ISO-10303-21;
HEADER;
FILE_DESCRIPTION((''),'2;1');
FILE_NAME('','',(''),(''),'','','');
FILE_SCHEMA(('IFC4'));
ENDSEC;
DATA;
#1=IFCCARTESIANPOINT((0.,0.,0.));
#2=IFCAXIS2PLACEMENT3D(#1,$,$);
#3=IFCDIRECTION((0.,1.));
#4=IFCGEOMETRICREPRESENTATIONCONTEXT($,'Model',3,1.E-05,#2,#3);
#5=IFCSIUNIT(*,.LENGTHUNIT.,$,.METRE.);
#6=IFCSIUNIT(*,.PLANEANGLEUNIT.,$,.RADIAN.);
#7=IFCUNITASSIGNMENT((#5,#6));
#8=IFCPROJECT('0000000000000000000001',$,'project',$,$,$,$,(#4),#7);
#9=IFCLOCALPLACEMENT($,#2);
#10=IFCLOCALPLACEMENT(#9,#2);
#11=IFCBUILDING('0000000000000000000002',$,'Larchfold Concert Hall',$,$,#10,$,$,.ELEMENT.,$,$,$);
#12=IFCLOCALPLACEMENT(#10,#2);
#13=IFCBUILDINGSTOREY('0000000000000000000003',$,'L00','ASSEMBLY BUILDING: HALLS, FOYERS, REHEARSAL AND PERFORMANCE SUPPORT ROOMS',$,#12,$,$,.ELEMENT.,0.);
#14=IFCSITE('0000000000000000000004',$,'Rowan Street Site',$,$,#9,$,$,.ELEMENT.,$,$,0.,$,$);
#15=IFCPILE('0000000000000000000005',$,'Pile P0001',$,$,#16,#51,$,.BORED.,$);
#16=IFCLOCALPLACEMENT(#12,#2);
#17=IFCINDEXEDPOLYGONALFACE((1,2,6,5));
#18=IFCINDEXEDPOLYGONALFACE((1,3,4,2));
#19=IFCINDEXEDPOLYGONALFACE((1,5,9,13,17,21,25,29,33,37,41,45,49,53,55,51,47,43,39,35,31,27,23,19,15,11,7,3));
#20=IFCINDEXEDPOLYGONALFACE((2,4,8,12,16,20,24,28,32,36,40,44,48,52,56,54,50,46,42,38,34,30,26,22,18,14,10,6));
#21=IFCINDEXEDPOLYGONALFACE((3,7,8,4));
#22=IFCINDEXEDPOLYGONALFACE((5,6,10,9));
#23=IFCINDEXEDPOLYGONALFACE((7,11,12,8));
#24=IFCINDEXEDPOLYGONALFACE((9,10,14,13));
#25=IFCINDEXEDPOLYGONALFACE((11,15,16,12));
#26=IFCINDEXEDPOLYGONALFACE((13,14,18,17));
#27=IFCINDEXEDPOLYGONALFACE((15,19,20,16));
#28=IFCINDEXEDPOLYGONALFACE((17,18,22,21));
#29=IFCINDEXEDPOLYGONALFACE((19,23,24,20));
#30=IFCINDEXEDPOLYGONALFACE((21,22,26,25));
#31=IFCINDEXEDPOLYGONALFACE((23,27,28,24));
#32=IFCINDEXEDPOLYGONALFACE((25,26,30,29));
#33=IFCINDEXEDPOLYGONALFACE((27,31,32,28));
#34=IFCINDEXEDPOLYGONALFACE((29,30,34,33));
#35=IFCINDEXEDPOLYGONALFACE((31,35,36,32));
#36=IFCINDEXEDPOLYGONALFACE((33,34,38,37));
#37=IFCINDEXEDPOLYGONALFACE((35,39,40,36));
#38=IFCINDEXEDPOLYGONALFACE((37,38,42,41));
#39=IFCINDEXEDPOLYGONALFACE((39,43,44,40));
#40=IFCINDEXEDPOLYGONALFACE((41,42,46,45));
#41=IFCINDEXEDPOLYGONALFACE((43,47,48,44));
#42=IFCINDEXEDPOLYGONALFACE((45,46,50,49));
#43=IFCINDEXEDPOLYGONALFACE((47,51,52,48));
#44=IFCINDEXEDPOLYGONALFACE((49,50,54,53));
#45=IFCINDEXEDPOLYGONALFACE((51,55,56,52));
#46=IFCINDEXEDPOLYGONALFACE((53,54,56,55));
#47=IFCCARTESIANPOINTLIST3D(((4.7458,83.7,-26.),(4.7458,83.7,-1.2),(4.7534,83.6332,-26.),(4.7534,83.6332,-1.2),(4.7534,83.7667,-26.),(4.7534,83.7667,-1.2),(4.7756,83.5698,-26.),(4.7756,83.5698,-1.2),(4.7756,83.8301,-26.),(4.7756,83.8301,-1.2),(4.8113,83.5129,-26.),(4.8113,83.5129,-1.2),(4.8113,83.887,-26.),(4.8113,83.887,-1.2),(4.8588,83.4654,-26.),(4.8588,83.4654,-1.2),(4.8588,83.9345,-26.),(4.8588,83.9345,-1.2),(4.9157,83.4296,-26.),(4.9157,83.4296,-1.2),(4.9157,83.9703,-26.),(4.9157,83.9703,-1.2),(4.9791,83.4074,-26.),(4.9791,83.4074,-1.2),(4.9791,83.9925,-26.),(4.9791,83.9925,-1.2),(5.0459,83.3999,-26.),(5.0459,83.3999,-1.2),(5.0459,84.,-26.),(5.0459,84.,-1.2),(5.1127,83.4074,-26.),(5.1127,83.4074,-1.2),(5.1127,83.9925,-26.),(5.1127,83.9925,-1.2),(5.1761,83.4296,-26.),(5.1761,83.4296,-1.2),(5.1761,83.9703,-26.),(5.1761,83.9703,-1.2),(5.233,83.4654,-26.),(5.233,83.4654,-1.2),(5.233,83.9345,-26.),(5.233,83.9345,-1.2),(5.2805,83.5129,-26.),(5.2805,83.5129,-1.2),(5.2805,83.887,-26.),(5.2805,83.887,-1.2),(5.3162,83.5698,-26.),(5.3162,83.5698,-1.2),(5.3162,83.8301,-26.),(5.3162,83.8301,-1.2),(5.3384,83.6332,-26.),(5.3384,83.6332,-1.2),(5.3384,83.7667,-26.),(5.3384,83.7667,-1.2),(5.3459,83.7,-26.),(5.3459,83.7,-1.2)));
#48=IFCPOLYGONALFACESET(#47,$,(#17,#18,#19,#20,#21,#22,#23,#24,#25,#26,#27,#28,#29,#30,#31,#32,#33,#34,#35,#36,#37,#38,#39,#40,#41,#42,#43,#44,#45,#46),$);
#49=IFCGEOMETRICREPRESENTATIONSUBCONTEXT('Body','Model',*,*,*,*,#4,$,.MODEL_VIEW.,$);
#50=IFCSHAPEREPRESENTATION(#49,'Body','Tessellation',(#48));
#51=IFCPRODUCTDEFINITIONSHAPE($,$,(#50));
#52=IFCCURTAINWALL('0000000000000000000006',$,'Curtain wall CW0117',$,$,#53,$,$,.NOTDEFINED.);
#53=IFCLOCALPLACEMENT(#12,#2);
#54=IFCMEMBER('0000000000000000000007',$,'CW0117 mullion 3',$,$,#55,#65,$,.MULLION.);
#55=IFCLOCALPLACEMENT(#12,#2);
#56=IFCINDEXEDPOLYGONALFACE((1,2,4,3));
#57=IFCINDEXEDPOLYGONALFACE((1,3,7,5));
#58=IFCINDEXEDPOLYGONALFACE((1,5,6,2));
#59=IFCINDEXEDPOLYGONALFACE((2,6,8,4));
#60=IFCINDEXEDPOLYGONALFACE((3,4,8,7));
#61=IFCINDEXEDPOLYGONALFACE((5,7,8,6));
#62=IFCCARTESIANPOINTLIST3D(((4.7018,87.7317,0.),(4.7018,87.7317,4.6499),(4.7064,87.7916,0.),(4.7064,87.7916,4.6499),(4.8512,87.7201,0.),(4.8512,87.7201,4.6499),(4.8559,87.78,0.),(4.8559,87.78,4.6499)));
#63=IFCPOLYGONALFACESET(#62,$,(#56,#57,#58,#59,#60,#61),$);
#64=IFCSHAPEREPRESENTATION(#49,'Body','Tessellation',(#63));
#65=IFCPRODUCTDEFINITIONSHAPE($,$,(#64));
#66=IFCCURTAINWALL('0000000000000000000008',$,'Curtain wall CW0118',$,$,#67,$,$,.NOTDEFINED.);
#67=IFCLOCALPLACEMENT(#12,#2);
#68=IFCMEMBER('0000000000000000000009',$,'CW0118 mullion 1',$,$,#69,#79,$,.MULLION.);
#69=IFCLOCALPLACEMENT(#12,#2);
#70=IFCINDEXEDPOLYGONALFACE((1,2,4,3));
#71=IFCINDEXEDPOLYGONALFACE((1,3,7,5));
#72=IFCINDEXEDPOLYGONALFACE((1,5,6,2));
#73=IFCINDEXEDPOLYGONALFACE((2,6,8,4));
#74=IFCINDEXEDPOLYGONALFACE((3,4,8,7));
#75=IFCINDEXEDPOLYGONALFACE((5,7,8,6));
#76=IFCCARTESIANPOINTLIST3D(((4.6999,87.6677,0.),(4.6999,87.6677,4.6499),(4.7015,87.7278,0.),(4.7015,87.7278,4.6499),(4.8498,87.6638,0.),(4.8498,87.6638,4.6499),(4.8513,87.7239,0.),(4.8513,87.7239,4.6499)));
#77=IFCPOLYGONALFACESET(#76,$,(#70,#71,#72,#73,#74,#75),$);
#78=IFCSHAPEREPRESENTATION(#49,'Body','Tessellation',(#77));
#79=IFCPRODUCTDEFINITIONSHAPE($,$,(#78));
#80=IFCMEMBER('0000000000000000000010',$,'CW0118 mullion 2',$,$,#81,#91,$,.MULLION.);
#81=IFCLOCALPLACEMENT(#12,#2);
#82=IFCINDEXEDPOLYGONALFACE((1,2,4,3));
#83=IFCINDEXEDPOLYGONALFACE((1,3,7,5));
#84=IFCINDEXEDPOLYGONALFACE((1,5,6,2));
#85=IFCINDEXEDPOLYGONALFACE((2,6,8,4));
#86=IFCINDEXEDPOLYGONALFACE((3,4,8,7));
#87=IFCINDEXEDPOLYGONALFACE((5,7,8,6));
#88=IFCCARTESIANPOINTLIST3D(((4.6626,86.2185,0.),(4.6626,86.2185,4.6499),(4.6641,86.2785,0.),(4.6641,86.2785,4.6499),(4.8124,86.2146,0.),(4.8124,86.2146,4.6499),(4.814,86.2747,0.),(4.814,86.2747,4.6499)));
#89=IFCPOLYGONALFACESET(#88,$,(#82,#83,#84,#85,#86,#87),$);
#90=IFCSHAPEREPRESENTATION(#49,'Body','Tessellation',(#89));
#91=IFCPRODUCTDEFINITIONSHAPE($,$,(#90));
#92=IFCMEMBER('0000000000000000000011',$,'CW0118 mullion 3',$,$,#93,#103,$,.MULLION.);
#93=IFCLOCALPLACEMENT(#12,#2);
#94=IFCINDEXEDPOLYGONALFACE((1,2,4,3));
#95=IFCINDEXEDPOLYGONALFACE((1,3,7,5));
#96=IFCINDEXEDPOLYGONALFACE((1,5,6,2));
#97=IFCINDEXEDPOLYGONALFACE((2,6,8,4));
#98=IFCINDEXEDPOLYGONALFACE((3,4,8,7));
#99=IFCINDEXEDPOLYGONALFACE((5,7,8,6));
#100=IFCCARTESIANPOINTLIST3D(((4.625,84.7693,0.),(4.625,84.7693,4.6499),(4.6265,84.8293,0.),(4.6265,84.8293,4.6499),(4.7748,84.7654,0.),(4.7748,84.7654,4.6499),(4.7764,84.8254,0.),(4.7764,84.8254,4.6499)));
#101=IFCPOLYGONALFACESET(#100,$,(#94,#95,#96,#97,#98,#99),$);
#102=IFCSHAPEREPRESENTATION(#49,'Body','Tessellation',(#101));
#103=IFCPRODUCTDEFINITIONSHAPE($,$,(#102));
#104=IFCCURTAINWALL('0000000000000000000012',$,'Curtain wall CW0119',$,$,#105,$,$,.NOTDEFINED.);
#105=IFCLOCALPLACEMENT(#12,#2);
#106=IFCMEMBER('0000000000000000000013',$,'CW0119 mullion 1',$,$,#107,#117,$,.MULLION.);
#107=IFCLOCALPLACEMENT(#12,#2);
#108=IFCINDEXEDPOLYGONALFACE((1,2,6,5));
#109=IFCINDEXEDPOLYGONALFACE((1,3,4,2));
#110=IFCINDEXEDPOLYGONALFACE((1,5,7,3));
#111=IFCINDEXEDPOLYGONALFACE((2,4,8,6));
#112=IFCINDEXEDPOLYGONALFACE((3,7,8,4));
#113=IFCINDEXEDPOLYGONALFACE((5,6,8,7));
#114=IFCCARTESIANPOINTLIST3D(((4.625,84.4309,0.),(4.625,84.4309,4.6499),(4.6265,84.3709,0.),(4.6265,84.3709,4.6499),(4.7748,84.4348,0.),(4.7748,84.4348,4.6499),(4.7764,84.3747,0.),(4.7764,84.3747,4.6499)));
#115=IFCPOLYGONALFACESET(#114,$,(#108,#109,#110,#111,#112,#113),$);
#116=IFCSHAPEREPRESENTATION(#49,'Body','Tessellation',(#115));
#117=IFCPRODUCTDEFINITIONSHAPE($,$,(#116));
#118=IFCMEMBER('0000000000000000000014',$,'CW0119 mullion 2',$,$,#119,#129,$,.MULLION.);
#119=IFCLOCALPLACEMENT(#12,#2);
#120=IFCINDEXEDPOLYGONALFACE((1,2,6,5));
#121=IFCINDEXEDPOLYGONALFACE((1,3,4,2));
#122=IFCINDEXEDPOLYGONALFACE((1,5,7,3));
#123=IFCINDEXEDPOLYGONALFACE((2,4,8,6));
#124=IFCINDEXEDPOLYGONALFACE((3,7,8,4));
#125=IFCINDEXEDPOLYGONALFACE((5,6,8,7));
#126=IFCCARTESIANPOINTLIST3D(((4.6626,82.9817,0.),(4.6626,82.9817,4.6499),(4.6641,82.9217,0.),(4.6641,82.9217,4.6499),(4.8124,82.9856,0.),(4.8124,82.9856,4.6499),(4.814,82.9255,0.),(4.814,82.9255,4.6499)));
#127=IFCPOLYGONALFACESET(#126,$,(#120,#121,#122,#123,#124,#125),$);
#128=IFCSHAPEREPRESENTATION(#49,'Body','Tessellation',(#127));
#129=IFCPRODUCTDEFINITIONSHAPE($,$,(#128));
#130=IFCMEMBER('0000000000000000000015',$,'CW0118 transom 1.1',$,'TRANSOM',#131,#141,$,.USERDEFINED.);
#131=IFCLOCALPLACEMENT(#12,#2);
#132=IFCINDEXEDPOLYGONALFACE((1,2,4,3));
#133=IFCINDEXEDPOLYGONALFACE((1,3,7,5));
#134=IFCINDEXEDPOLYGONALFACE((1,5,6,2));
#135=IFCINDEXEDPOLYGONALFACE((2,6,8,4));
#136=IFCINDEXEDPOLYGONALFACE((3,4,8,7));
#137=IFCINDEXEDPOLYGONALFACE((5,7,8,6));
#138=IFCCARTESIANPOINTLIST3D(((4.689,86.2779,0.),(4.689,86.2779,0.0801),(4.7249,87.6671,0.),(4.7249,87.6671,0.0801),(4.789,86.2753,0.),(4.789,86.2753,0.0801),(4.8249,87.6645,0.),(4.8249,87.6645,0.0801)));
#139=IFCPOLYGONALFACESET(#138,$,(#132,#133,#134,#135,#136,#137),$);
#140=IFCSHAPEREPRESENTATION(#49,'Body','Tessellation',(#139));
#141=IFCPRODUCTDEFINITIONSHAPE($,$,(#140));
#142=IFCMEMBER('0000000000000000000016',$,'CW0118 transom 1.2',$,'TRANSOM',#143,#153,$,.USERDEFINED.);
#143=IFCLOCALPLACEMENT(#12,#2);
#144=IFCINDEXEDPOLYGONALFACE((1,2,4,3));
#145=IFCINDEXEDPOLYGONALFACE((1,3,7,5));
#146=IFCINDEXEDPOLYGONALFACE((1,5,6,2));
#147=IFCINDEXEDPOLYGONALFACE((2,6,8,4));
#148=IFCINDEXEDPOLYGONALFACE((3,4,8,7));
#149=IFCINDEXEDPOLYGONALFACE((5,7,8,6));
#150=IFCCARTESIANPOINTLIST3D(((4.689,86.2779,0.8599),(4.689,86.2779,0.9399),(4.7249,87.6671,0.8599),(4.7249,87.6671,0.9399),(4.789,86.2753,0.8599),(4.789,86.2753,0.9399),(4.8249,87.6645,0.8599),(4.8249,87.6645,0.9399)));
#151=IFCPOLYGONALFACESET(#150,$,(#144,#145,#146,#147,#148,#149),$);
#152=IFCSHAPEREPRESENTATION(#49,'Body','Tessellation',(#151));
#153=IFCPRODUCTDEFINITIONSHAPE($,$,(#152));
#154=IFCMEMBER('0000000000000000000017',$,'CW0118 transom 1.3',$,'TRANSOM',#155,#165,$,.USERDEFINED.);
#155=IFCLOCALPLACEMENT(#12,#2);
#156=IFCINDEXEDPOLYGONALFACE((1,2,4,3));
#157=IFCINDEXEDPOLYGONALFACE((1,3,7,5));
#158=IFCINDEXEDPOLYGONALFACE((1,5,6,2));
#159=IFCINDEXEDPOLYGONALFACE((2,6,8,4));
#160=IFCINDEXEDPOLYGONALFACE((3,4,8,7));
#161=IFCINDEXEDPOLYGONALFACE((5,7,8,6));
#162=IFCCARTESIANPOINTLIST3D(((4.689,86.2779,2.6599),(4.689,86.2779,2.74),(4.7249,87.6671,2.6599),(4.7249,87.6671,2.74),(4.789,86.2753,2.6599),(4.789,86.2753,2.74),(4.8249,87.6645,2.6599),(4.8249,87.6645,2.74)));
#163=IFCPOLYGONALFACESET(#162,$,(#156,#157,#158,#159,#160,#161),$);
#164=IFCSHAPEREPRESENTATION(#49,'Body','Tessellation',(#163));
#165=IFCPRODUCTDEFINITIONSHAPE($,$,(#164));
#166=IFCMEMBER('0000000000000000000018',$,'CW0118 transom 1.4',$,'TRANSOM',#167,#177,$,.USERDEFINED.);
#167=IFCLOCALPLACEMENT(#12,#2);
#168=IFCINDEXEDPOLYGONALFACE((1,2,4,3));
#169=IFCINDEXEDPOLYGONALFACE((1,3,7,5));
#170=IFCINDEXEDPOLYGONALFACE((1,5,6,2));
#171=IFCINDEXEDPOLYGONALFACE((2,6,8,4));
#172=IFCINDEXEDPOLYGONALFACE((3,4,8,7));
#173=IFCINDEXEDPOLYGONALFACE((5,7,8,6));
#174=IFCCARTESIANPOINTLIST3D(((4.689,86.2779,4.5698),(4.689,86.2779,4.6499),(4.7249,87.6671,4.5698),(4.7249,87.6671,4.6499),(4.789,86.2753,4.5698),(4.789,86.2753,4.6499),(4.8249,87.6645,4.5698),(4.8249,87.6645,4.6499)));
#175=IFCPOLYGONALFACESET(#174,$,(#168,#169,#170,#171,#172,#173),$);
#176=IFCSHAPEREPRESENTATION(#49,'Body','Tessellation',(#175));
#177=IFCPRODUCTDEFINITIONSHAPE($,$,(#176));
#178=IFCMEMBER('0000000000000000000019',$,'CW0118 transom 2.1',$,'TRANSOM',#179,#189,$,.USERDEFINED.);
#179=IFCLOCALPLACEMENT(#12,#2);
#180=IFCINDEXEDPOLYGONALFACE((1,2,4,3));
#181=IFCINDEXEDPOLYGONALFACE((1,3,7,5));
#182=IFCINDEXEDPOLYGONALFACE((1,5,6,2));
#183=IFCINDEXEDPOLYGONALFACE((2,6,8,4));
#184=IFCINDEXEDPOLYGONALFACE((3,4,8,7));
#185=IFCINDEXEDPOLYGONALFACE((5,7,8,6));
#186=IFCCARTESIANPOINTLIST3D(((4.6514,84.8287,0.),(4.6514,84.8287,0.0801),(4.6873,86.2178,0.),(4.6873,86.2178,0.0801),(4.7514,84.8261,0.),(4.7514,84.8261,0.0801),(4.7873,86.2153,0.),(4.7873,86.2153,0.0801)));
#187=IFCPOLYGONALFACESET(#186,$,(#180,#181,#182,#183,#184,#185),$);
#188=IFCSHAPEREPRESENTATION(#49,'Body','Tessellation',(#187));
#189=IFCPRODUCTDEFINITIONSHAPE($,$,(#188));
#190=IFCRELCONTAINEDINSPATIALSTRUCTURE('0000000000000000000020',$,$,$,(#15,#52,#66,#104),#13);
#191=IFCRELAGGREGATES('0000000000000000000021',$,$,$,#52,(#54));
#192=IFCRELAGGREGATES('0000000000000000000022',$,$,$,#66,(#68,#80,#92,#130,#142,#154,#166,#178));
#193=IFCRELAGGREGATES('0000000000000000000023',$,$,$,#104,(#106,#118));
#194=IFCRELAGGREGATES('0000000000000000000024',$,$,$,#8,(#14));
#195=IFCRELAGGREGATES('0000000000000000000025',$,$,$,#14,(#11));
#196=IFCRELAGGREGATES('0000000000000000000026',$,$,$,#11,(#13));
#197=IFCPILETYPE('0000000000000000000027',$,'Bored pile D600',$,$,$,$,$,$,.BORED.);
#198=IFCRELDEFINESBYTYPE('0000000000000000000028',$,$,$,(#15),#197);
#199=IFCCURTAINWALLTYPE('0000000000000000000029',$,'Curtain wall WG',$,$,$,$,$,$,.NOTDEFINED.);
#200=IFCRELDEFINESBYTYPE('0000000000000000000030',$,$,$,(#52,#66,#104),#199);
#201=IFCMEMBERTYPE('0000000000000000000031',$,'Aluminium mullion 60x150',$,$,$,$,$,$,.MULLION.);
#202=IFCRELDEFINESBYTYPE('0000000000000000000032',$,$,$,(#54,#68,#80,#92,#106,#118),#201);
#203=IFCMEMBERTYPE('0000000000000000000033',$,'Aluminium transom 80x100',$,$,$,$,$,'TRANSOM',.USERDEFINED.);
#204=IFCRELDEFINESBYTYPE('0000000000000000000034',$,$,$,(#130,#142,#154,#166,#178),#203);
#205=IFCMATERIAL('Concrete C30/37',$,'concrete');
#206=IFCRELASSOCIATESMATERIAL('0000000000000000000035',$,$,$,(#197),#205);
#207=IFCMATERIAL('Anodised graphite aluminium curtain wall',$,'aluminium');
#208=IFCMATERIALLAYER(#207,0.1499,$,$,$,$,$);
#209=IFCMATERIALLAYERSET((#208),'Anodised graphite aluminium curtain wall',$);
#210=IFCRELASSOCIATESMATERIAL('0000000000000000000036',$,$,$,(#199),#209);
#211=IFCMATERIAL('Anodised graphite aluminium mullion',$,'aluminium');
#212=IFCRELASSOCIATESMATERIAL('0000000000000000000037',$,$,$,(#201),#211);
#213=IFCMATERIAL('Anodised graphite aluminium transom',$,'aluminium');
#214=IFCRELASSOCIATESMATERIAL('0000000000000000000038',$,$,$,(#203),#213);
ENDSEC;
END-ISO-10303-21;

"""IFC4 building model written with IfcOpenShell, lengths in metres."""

from ifc_helpers import new_model, si_unit, direction, frame, origin, origin_2d, place, context, subcontext, project, spatial, rectangle, circle, extrude, material, layer, layer_set, material_profile, profile_set, type_object, element, aggregate, save


model = new_model("IFC4")

# Units and contexts
model_context = context("Model", 3, precision=1e-05, world=origin(), true_north=direction((0.0, 1.0)))
body_context = subcontext(model_context, "Body", "Model", "MODEL_VIEW")
ifc_project = project(units=[si_unit("LENGTHUNIT", "METRE"), si_unit("PLANEANGLEUNIT", "RADIAN")], contexts=[model_context])

# Site, building, storey
site_placement = place(None, origin())
site = spatial("IfcSite", under=ifc_project, at=site_placement, Name="Rowan Street Site", CompositionType="ELEMENT", RefElevation=0.0)
building_placement = place(site_placement, origin())
building = spatial("IfcBuilding", under=site, at=building_placement, Name="Larchfold Concert Hall", CompositionType="ELEMENT")
storey_placement = place(building_placement, origin())
storey = spatial("IfcBuildingStorey", under=building, at=storey_placement, Name="L00", Description="ASSEMBLY BUILDING: HALLS, FOYERS, REHEARSAL AND PERFORMANCE SUPPORT ROOMS", CompositionType="ELEMENT", Elevation=0.0)

# Pile
ifc_material_1 = material(Name="Concrete C30/37", Category="concrete")
ifc_material_profile_1 = material_profile(ifc_material_1, circle(Radius=0.3, at=origin_2d()))
ifc_profile_set_1 = profile_set([ifc_material_profile_1], Name="Concrete C30/37")
pile_type = type_object("IfcPileType", Name="Bored pile D600", PredefinedType="BORED", material=ifc_profile_set_1)
pile_placement = place(storey_placement, frame((5.0459, 83.7, -1.2), z_axis=(0.0, 0.0, -1.0), x_axis=(1.0, 0.0, 0.0)))
element("IfcPile", 1, at=pile_placement, inside=storey, type_object=pile_type, Name="Pile P0001", PredefinedType="BORED", context=body_context, shape_type="SweptSolid", body=[
    extrude(circle(Radius=0.3, at=origin_2d()), origin(), (0.0, 0.0, 1.0), 24.8),
])

# Curtain wall, member
ifc_material_2 = material(Name="Anodised graphite aluminium curtain wall", Category="aluminium")
ifc_layer_1 = layer(ifc_material_2, 0.1499)
ifc_layer_set_1 = layer_set([ifc_layer_1], Name="Anodised graphite aluminium curtain wall")
curtain_wall_type = type_object("IfcCurtainWallType", Name="Curtain wall WG", PredefinedType="NOTDEFINED", material=ifc_layer_set_1)
curtain_wall_1_placement = place(storey_placement, origin())
curtain_wall_1 = element("IfcCurtainWall", 2, at=curtain_wall_1_placement, inside=storey, type_object=curtain_wall_type, Name="Curtain wall CW0117", PredefinedType="NOTDEFINED")
ifc_material_3 = material(Name="Anodised graphite aluminium mullion", Category="aluminium")
ifc_material_profile_2 = material_profile(ifc_material_3, rectangle(XDim=0.1499, YDim=0.0601, at=origin_2d()))
ifc_profile_set_2 = profile_set([ifc_material_profile_2], Name="Anodised graphite aluminium mullion")
member_type_1 = type_object("IfcMemberType", Name="Aluminium mullion 60x150", PredefinedType="MULLION", material=ifc_profile_set_2)
member_1_placement = place(storey_placement, frame((4.7788, 87.7559, 0.0), z_axis=(0.0, 0.0, 1.0), x_axis=(0.996995, -0.077465, 0.0)))
member_1 = element("IfcMember", 3, at=member_1_placement, type_object=member_type_1, Name="CW0117 mullion 3", PredefinedType="MULLION", context=body_context, shape_type="SweptSolid", body=[
    extrude(rectangle(XDim=0.1499, YDim=0.0601, at=origin_2d()), origin(), (0.0, 0.0, 1.0), 4.6499),
])
aggregate(curtain_wall_1, [member_1])

# Curtain walls, members
curtain_wall_2_placement = place(storey_placement, origin())
curtain_wall_2 = element("IfcCurtainWall", 4, at=curtain_wall_2_placement, inside=storey, type_object=curtain_wall_type, Name="Curtain wall CW0118", PredefinedType="NOTDEFINED")
member_2_placement = place(storey_placement, frame((4.7756, 87.6958, 0.0), z_axis=(0.0, 0.0, 1.0), x_axis=(0.999667, -0.025821, 0.0)))
member_2 = element("IfcMember", 5, at=member_2_placement, type_object=member_type_1, Name="CW0118 mullion 1", PredefinedType="MULLION", context=body_context, shape_type="SweptSolid", body=[
    extrude(rectangle(XDim=0.1499, YDim=0.0601, at=origin_2d()), origin(), (0.0, 0.0, 1.0), 4.6499),
])
member_3_placement = place(storey_placement, frame((4.7383, 86.2466, 0.0), z_axis=(0.0, 0.0, 1.0), x_axis=(0.999667, -0.025821, 0.0)))
member_3 = element("IfcMember", 6, at=member_3_placement, type_object=member_type_1, Name="CW0118 mullion 2", PredefinedType="MULLION", context=body_context, shape_type="SweptSolid", body=[
    extrude(rectangle(XDim=0.1499, YDim=0.0601, at=origin_2d()), origin(), (0.0, 0.0, 1.0), 4.6499),
])
member_4_placement = place(storey_placement, frame((4.7007, 84.7974, 0.0), z_axis=(0.0, 0.0, 1.0), x_axis=(0.999667, -0.025821, 0.0)))
member_4 = element("IfcMember", 7, at=member_4_placement, type_object=member_type_1, Name="CW0118 mullion 3", PredefinedType="MULLION", context=body_context, shape_type="SweptSolid", body=[
    extrude(rectangle(XDim=0.1499, YDim=0.0601, at=origin_2d()), origin(), (0.0, 0.0, 1.0), 4.6499),
])
curtain_wall_3_placement = place(storey_placement, origin())
curtain_wall_3 = element("IfcCurtainWall", 8, at=curtain_wall_3_placement, inside=storey, type_object=curtain_wall_type, Name="Curtain wall CW0119", PredefinedType="NOTDEFINED")
member_5_placement = place(storey_placement, frame((4.7007, 84.4028, 0.0), z_axis=(0.0, 0.0, 1.0), x_axis=(0.999667, 0.025821, 0.0)))
member_5 = element("IfcMember", 9, at=member_5_placement, type_object=member_type_1, Name="CW0119 mullion 1", PredefinedType="MULLION", context=body_context, shape_type="SweptSolid", body=[
    extrude(rectangle(XDim=0.1499, YDim=0.0601, at=origin_2d()), origin(), (0.0, 0.0, 1.0), 4.6499),
])
member_6_placement = place(storey_placement, frame((4.7383, 82.9536, 0.0), z_axis=(0.0, 0.0, 1.0), x_axis=(0.999667, 0.025821, 0.0)))
member_6 = element("IfcMember", 10, at=member_6_placement, type_object=member_type_1, Name="CW0119 mullion 2", PredefinedType="MULLION", context=body_context, shape_type="SweptSolid", body=[
    extrude(rectangle(XDim=0.1499, YDim=0.0601, at=origin_2d()), origin(), (0.0, 0.0, 1.0), 4.6499),
])

# Members
ifc_material_4 = material(Name="Anodised graphite aluminium transom", Category="aluminium")
ifc_material_profile_3 = material_profile(ifc_material_4, rectangle(XDim=0.1001, YDim=0.0801, at=origin_2d()))
ifc_profile_set_3 = profile_set([ifc_material_profile_3], Name="Anodised graphite aluminium transom")
member_type_2 = type_object("IfcMemberType", Name="Aluminium transom 80x100", ElementType="TRANSOM", PredefinedType="USERDEFINED", material=ifc_profile_set_3)
member_7_placement = place(storey_placement, frame((4.7749, 87.6658, 0.04), z_axis=(-0.025826, -0.999666, 0.0), x_axis=(0.999666, -0.025826, 0.0)))
member_7 = element("IfcMember", 11, at=member_7_placement, type_object=member_type_2, Name="CW0118 transom 1.1", ObjectType="TRANSOM", PredefinedType="USERDEFINED", context=body_context, shape_type="SweptSolid", body=[
    extrude(rectangle(XDim=0.1001, YDim=0.0801, at=origin_2d()), origin(), (0.0, 0.0, 1.0), 1.3896),
])
member_8_placement = place(storey_placement, frame((4.7749, 87.6658, 0.8999), z_axis=(-0.025826, -0.999666, 0.0), x_axis=(0.999666, -0.025826, 0.0)))
member_8 = element("IfcMember", 12, at=member_8_placement, type_object=member_type_2, Name="CW0118 transom 1.2", ObjectType="TRANSOM", PredefinedType="USERDEFINED", context=body_context, shape_type="SweptSolid", body=[
    extrude(rectangle(XDim=0.1001, YDim=0.0801, at=origin_2d()), origin(), (0.0, 0.0, 1.0), 1.3896),
])
member_9_placement = place(storey_placement, frame((4.7749, 87.6658, 2.7), z_axis=(-0.025826, -0.999666, 0.0), x_axis=(0.999666, -0.025826, 0.0)))
member_9 = element("IfcMember", 13, at=member_9_placement, type_object=member_type_2, Name="CW0118 transom 1.3", ObjectType="TRANSOM", PredefinedType="USERDEFINED", context=body_context, shape_type="SweptSolid", body=[
    extrude(rectangle(XDim=0.1001, YDim=0.0801, at=origin_2d()), origin(), (0.0, 0.0, 1.0), 1.3896),
])
member_10_placement = place(storey_placement, frame((4.7749, 87.6658, 4.6099), z_axis=(-0.025826, -0.999666, 0.0), x_axis=(0.999666, -0.025826, 0.0)))
member_10 = element("IfcMember", 14, at=member_10_placement, type_object=member_type_2, Name="CW0118 transom 1.4", ObjectType="TRANSOM", PredefinedType="USERDEFINED", context=body_context, shape_type="SweptSolid", body=[
    extrude(rectangle(XDim=0.1001, YDim=0.0801, at=origin_2d()), origin(), (0.0, 0.0, 1.0), 1.3896),
])
member_11_placement = place(storey_placement, frame((4.7373, 86.2166, 0.04), z_axis=(-0.025826, -0.999666, 0.0), x_axis=(0.999666, -0.025826, 0.0)))
member_11 = element("IfcMember", 15, at=member_11_placement, type_object=member_type_2, Name="CW0118 transom 2.1", ObjectType="TRANSOM", PredefinedType="USERDEFINED", context=body_context, shape_type="SweptSolid", body=[
    extrude(rectangle(XDim=0.1001, YDim=0.0801, at=origin_2d()), origin(), (0.0, 0.0, 1.0), 1.3896),
])

aggregate(curtain_wall_2, [member_2, member_3, member_4, member_7, member_8, member_9, member_10, member_11])
aggregate(curtain_wall_3, [member_5, member_6])

save(model, "model.ifc")
